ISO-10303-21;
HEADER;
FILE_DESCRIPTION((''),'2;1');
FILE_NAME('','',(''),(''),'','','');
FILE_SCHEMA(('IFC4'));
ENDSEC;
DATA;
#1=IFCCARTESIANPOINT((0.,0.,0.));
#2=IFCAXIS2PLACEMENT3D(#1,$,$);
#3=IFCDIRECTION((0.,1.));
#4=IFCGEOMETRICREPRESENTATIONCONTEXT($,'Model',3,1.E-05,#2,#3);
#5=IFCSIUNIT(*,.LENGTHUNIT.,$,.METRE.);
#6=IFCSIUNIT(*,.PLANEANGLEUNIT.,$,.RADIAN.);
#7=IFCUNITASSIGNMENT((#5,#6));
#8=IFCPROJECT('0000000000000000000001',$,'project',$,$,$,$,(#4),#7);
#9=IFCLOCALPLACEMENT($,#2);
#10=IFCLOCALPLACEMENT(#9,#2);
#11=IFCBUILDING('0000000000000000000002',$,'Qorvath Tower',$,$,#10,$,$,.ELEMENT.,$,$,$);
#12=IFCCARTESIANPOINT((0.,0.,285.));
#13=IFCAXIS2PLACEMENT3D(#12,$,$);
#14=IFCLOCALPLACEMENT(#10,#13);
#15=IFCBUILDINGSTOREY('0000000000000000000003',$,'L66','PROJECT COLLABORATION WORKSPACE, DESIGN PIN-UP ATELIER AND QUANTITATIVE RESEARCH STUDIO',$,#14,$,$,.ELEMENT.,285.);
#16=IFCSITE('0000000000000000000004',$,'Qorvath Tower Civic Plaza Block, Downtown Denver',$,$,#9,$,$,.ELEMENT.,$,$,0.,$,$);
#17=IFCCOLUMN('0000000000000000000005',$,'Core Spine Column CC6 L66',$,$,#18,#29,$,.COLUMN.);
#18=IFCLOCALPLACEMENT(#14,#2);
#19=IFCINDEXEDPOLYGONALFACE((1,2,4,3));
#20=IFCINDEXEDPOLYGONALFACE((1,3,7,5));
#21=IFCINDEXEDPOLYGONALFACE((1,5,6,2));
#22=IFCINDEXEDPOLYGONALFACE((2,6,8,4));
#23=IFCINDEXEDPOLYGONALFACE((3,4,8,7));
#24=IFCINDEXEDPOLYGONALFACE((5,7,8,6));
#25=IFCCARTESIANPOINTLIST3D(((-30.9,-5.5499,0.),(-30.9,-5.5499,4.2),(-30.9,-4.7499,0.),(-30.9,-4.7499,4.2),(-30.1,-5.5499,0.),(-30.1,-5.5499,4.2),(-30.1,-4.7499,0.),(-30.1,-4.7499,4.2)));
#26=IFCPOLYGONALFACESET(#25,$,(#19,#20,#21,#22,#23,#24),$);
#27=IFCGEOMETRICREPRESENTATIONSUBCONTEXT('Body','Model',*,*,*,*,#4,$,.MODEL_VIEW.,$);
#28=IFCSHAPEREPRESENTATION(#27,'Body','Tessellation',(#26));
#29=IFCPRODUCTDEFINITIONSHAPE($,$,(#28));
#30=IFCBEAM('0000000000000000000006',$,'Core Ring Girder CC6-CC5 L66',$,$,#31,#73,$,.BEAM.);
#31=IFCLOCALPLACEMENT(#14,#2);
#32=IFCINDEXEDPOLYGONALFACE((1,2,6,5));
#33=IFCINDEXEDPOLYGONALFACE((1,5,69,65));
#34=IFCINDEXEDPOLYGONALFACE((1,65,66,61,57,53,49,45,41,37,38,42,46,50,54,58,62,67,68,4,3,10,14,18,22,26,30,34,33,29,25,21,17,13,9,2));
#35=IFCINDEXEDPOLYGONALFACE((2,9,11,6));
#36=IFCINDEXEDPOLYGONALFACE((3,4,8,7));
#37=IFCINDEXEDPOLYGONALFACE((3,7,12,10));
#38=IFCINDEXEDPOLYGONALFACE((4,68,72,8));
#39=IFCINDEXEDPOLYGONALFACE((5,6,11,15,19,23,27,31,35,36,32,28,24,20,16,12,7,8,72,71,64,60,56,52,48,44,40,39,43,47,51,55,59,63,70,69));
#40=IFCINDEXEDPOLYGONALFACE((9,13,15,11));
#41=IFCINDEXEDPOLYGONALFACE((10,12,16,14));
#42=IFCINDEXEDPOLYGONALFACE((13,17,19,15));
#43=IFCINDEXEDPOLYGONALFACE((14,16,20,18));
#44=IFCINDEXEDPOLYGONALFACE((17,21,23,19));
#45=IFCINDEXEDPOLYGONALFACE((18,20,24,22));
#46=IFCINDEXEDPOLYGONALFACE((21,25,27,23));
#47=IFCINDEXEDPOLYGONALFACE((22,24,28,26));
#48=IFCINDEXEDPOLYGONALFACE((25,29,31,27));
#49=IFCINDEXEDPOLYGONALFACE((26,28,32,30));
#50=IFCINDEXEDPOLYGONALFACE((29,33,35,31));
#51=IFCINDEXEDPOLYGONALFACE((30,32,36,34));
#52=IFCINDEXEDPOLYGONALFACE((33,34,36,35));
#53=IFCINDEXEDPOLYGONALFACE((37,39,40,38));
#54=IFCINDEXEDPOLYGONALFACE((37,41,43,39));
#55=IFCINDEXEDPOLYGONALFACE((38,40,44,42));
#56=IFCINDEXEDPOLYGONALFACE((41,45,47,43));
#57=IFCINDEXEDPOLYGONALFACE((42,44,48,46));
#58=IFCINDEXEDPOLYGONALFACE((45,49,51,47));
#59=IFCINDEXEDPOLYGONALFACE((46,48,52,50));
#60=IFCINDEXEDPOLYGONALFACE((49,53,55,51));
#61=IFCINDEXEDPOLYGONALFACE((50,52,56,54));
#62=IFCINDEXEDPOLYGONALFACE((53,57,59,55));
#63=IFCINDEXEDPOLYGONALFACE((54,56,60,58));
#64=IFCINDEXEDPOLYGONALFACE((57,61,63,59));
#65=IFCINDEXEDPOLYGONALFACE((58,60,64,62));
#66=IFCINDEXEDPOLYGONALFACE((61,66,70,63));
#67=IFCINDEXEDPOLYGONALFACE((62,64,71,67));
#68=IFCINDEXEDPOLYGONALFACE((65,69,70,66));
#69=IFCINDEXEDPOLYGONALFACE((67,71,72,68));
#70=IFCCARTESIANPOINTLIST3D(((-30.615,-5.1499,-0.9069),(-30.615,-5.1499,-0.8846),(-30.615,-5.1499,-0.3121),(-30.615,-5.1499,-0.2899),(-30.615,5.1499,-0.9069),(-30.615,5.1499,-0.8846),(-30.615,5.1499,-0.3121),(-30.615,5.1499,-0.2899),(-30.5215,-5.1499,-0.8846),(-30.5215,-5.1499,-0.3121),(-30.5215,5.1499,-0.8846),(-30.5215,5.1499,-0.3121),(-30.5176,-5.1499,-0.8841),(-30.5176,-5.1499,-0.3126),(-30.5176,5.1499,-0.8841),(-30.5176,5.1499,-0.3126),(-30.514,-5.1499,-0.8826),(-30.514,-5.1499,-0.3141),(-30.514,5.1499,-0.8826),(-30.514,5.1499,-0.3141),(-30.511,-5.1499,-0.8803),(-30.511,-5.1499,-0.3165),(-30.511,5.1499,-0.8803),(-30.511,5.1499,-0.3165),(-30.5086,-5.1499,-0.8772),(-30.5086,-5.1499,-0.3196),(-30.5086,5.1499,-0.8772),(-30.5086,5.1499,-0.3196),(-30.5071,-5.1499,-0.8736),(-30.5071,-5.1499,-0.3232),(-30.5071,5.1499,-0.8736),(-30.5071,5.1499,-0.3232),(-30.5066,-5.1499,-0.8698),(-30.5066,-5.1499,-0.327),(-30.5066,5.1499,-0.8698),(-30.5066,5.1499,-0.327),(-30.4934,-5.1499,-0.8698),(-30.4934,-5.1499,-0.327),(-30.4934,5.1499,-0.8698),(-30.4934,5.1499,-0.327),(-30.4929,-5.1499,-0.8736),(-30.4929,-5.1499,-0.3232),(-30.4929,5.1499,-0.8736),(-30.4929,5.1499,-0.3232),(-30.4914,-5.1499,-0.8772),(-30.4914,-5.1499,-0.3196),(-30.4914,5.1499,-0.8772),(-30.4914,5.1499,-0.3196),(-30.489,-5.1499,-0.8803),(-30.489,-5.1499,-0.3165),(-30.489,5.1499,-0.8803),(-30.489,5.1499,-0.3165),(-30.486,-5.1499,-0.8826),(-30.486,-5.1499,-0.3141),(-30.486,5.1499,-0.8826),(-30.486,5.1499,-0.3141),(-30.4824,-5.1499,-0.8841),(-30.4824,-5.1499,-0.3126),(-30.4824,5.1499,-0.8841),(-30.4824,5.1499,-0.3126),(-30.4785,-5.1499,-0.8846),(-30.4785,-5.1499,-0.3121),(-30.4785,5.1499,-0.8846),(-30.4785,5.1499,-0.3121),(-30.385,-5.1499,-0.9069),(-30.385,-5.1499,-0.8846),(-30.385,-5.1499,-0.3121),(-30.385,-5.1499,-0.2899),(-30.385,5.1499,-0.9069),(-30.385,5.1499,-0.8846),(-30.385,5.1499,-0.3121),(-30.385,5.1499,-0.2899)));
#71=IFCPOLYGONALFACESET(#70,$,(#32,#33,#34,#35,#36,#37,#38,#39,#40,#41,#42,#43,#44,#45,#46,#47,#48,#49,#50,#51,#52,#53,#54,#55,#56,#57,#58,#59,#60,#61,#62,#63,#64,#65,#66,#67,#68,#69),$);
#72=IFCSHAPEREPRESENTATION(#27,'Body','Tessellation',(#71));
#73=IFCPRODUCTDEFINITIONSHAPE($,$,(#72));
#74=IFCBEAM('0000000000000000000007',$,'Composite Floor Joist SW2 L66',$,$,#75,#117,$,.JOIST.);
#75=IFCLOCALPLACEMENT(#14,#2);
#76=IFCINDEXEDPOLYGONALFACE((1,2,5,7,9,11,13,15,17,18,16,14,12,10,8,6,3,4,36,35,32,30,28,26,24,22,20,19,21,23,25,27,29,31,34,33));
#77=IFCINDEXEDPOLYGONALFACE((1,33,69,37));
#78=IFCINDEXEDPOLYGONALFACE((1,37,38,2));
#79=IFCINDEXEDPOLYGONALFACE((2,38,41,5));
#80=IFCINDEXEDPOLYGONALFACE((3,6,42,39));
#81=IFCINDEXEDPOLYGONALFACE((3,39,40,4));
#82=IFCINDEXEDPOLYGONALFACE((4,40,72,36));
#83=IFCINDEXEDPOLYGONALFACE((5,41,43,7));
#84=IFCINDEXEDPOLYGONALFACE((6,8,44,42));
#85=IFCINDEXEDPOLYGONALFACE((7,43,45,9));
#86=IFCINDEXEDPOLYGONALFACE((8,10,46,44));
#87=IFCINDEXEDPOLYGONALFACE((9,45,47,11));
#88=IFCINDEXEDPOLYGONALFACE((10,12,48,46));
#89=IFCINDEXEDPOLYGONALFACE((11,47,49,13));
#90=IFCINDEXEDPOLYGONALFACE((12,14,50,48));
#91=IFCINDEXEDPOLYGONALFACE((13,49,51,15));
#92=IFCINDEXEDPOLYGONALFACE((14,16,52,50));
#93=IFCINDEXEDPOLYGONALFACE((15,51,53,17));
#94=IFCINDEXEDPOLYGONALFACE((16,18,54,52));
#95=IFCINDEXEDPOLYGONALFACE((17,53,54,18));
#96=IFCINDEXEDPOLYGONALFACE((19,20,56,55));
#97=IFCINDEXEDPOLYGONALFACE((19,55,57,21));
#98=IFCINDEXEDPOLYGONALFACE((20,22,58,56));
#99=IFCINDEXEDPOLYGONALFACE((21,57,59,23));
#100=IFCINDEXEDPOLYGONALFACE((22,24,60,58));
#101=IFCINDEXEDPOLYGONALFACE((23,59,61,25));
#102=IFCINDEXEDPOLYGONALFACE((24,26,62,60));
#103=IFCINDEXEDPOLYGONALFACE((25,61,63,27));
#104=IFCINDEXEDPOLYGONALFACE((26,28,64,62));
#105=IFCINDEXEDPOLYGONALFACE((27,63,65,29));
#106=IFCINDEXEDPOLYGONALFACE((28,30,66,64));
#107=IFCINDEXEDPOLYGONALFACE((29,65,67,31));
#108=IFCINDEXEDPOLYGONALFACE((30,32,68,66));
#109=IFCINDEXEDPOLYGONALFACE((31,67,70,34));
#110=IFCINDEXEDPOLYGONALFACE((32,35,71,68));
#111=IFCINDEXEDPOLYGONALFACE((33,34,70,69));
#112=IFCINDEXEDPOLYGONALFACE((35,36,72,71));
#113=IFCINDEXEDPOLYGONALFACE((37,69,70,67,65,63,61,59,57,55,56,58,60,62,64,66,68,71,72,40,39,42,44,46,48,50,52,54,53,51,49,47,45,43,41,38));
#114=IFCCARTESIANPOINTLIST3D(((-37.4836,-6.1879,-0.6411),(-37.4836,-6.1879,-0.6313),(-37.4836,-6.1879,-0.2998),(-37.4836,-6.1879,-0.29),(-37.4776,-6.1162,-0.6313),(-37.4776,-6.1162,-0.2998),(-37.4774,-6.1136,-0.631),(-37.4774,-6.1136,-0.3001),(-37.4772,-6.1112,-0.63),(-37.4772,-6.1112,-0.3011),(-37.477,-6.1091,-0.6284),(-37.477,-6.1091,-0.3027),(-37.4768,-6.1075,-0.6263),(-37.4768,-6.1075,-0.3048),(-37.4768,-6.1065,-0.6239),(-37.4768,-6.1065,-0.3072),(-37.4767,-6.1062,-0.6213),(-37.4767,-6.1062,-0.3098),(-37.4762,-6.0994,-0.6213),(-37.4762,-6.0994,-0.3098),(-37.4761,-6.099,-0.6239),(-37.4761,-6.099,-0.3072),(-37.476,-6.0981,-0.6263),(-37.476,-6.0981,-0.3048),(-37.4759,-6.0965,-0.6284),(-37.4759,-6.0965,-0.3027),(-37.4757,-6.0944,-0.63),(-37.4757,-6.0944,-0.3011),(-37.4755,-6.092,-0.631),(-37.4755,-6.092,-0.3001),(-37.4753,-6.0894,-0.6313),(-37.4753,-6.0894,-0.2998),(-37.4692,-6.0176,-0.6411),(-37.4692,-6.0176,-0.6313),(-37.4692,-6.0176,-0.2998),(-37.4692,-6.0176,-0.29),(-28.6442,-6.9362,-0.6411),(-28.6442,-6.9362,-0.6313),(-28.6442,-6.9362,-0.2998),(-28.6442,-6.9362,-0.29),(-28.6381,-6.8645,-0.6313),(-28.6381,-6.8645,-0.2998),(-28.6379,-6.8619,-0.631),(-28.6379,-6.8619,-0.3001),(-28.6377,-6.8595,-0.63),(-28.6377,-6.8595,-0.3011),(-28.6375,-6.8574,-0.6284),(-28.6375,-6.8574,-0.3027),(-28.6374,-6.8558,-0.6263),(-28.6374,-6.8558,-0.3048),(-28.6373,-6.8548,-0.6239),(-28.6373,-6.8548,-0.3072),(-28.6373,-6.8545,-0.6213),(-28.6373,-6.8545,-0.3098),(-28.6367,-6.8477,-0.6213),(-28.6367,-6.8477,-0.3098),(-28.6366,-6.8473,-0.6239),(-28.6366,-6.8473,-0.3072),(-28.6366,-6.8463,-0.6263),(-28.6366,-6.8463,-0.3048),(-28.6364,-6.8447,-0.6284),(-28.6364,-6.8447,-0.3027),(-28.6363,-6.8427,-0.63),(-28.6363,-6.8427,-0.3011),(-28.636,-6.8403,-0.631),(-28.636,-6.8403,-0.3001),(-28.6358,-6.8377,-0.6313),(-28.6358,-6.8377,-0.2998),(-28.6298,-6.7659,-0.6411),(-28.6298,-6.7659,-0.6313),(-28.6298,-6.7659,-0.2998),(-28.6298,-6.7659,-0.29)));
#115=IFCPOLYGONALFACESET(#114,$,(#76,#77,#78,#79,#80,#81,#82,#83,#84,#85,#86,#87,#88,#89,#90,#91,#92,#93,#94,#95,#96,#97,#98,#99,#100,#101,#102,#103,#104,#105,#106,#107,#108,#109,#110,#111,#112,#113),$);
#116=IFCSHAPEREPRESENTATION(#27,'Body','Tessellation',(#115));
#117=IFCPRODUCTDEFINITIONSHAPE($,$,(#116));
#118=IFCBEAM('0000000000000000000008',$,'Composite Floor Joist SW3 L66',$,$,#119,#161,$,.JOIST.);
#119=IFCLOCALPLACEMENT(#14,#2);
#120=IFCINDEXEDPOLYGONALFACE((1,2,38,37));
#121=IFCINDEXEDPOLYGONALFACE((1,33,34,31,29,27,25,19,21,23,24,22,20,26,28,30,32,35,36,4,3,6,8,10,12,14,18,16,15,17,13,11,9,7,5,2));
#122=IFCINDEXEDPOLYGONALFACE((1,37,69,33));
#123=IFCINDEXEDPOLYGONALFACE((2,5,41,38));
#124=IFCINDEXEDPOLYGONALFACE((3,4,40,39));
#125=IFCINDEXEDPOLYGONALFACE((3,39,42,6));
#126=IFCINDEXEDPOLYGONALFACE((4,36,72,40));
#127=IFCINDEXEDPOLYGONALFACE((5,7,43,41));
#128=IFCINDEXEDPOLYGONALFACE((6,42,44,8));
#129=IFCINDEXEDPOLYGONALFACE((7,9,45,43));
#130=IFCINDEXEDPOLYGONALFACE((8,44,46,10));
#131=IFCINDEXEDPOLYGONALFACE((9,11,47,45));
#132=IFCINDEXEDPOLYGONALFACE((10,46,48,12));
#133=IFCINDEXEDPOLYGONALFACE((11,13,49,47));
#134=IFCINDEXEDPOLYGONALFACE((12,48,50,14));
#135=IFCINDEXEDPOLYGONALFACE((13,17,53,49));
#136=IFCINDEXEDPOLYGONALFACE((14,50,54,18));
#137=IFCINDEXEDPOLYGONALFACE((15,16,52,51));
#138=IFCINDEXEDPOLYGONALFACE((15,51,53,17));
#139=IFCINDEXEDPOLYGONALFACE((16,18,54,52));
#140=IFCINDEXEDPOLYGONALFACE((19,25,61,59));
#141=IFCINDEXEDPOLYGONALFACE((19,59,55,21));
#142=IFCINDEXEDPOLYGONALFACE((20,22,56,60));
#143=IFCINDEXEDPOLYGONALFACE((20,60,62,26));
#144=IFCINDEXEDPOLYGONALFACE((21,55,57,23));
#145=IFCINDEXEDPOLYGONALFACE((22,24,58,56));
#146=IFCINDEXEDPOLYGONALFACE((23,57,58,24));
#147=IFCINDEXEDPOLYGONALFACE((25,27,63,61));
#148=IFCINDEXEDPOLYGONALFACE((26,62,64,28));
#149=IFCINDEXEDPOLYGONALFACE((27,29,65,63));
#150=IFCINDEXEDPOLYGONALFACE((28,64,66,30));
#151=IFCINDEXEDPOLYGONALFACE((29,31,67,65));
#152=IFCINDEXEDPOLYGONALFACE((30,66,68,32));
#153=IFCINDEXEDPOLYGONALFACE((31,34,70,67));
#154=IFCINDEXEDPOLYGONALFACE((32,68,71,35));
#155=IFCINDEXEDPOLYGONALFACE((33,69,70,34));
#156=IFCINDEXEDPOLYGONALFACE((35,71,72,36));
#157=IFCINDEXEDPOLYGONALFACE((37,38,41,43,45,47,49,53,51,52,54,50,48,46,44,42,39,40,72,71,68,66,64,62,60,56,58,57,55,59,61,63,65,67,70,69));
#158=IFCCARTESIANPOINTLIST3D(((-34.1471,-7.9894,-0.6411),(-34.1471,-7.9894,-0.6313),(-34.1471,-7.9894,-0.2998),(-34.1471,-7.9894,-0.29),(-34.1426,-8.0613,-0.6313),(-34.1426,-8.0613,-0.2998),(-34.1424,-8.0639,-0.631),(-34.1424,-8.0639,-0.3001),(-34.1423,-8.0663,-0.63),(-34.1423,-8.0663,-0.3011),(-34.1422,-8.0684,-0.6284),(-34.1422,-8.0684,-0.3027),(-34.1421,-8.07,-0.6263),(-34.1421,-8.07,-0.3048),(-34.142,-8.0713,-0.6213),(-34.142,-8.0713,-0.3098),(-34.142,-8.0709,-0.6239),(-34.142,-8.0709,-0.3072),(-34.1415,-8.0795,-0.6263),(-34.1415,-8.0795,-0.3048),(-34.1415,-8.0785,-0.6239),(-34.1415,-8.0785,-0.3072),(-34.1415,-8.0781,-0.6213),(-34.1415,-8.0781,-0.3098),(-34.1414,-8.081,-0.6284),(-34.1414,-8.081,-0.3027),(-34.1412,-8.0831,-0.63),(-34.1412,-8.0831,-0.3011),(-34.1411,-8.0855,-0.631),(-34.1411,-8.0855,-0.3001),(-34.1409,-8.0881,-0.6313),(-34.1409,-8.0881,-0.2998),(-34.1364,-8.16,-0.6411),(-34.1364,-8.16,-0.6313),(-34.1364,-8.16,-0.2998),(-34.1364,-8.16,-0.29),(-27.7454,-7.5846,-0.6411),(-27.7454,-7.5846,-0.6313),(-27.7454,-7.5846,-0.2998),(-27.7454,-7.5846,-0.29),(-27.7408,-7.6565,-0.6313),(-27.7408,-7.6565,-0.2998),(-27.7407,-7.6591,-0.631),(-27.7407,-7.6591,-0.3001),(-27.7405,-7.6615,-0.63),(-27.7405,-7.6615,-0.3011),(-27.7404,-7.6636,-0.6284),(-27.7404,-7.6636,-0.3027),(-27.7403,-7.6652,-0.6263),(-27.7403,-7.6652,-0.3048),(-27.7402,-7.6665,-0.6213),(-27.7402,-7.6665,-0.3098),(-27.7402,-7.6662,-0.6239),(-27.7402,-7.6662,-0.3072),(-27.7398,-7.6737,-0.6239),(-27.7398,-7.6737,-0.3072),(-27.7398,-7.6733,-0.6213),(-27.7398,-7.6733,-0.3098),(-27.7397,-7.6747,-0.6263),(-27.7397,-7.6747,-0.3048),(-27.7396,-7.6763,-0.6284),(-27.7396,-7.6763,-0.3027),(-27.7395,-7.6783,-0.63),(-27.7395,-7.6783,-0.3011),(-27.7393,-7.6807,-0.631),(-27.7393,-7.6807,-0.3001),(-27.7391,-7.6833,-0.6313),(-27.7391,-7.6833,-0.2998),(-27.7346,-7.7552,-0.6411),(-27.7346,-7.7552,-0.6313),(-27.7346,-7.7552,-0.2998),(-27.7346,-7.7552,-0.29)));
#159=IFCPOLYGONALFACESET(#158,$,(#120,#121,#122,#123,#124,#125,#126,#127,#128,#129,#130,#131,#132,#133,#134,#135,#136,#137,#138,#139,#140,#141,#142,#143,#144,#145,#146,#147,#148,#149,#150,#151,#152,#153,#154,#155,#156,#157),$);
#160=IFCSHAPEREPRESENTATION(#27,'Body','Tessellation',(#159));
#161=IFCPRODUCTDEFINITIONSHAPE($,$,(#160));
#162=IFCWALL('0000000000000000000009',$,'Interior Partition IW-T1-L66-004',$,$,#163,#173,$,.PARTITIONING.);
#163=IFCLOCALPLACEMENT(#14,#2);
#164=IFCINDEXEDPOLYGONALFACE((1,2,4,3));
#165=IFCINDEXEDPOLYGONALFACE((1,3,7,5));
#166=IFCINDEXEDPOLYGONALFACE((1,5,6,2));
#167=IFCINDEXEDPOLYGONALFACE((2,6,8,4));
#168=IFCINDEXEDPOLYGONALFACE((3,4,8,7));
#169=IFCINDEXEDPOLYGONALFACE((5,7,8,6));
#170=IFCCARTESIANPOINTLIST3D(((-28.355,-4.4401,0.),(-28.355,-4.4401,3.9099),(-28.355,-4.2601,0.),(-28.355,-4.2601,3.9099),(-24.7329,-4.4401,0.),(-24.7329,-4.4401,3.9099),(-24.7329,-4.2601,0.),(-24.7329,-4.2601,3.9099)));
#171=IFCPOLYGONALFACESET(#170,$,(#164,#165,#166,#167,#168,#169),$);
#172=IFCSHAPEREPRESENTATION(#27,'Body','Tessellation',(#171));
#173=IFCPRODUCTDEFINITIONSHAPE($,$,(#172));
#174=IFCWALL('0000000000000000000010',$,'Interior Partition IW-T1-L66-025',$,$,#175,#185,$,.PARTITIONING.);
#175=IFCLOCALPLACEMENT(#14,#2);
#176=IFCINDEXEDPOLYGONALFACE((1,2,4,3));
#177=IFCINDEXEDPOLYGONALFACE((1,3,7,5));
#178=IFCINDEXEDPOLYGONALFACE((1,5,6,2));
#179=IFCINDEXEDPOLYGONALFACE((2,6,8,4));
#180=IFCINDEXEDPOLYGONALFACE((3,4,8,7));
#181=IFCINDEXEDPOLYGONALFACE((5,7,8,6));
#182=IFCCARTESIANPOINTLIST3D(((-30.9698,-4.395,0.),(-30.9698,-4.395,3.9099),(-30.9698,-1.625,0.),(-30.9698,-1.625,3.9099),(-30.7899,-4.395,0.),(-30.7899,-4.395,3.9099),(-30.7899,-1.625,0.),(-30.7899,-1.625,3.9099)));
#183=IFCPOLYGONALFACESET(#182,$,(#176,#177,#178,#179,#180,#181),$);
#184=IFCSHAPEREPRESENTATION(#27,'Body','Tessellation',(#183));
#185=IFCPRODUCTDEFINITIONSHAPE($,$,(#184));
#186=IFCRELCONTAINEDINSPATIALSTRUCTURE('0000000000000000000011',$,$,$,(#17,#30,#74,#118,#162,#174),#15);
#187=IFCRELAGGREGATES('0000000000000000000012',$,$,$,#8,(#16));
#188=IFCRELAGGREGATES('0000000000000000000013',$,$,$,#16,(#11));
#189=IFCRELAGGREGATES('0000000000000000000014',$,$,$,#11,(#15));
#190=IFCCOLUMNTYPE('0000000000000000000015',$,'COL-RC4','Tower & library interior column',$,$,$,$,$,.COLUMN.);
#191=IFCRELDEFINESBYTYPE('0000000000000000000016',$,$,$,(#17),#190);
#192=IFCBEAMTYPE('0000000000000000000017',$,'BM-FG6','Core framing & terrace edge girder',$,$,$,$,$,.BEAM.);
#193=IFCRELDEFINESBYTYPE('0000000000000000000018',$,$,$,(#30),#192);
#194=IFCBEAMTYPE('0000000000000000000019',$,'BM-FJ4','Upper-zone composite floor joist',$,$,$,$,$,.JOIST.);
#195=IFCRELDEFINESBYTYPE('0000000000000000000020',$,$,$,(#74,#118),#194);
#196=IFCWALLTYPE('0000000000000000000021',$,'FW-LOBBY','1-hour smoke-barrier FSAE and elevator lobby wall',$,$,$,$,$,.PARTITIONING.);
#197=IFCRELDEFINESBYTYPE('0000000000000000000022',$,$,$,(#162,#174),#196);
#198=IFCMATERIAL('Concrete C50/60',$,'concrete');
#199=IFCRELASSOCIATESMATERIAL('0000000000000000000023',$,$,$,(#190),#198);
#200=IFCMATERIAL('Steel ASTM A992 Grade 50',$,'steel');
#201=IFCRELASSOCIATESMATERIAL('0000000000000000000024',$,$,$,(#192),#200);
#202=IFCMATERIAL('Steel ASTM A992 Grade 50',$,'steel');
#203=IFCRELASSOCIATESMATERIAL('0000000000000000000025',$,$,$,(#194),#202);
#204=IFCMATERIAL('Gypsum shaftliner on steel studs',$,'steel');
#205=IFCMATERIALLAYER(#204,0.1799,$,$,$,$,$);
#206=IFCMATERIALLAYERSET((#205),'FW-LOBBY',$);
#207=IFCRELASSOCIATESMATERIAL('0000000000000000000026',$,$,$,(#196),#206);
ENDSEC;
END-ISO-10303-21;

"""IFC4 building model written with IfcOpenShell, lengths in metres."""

from ifc_helpers import new_model, si_unit, direction, frame, frame_2d, origin, origin_2d, place, context, subcontext, project, spatial, rectangle, i_section, extrude, material, layer, layer_set, material_profile, profile_set, type_object, element, save


model = new_model("IFC4")

# Units and contexts
model_context = context("Model", 3, precision=1e-05, world=origin(), true_north=direction((0.0, 1.0)))
body_context = subcontext(model_context, "Body", "Model", "MODEL_VIEW")
ifc_project = project(units=[si_unit("LENGTHUNIT", "METRE"), si_unit("PLANEANGLEUNIT", "RADIAN")], contexts=[model_context])

# Site, building, storey
site_placement = place(None, origin())
site = spatial("IfcSite", under=ifc_project, at=site_placement, Name="Qorvath Tower Civic Plaza Block, Downtown Denver", CompositionType="ELEMENT", RefElevation=0.0)
building_placement = place(site_placement, origin())
building = spatial("IfcBuilding", under=site, at=building_placement, Name="Qorvath Tower", CompositionType="ELEMENT")
storey_placement = place(building_placement, frame((0.0, 0.0, 285.0)))
storey = spatial("IfcBuildingStorey", under=building, at=storey_placement, Name="L66", Description="PROJECT COLLABORATION WORKSPACE, DESIGN PIN-UP ATELIER AND QUANTITATIVE RESEARCH STUDIO", CompositionType="ELEMENT", Elevation=285.0)

# Column
ifc_material_1 = material(Name="Concrete C50/60", Category="concrete")
ifc_material_profile_1 = material_profile(ifc_material_1, rectangle(XDim=0.8, YDim=0.8, at=origin_2d()), Name="RC 800x800")
ifc_profile_set_1 = profile_set([ifc_material_profile_1], Name="Concrete C50/60")
column_type = type_object("IfcColumnType", Name="COL-RC4", Description="Tower & library interior column", PredefinedType="COLUMN", material=ifc_profile_set_1)
column_placement = place(storey_placement, frame((-30.5, -5.1499, 0.0), z_axis=(0.0, 0.0, 1.0), x_axis=(1.0, 0.0, 0.0)))
element("IfcColumn", 1, at=column_placement, inside=storey, type_object=column_type, Name="Core Spine Column CC6 L66", PredefinedType="COLUMN", context=body_context, shape_type="SweptSolid", body=[
    extrude(rectangle(XDim=0.8, YDim=0.8, at=origin_2d()), origin(), (0.0, 0.0, 1.0), 4.2),
])

# Beams
ifc_material_2 = material(Name="Steel ASTM A992 Grade 50", Category="steel")
ifc_material_profile_2 = material_profile(ifc_material_2, i_section(OverallWidth=0.23, OverallDepth=0.6169, WebThickness=0.0132, FlangeThickness=0.0222, FilletRadius=0.0149, at=origin_2d()), Name="W24x94")
ifc_profile_set_2 = profile_set([ifc_material_profile_2], Name="Steel ASTM A992 Grade 50")
beam_type_1 = type_object("IfcBeamType", Name="BM-FG6", Description="Core framing & terrace edge girder", PredefinedType="BEAM", material=ifc_profile_set_2)
beam_1_placement = place(storey_placement, frame((-30.5, -5.1499, -0.5984), z_axis=(0.0, 1.0, 0.0), x_axis=(-1.0, 0.0, 0.0)))
element("IfcBeam", 2, at=beam_1_placement, inside=storey, type_object=beam_type_1, Name="Core Ring Girder CC6-CC5 L66", PredefinedType="BEAM", context=body_context, shape_type="SweptSolid", body=[
    extrude(i_section(OverallWidth=0.23, OverallDepth=0.6169, WebThickness=0.0132, FlangeThickness=0.0222, FilletRadius=0.0149, at=origin_2d()), origin(), (0.0, 0.0, 1.0), 10.2998),
])
ifc_material_3 = material(Name="Steel ASTM A992 Grade 50", Category="steel")
ifc_material_profile_3 = material_profile(ifc_material_3, i_section(OverallWidth=0.1709, OverallDepth=0.3511, WebThickness=0.0068, FlangeThickness=0.0098, FilletRadius=0.01, at=origin_2d()), Name="W14x30")
ifc_profile_set_3 = profile_set([ifc_material_profile_3], Name="Steel ASTM A992 Grade 50")
beam_type_2 = type_object("IfcBeamType", Name="BM-FJ4", Description="Upper-zone composite floor joist", PredefinedType="JOIST", material=ifc_profile_set_3)
beam_2_placement = place(storey_placement, frame((-28.637, -6.8511, -0.4656), z_axis=(-0.996436, 0.08435, 0.0), x_axis=(-0.08435, -0.996436, 0.0)))
element("IfcBeam", 3, at=beam_2_placement, inside=storey, type_object=beam_type_2, Name="Composite Floor Joist SW2 L66", PredefinedType="JOIST", context=body_context, shape_type="SweptSolid", body=[
    extrude(i_section(OverallWidth=0.1709, OverallDepth=0.3511, WebThickness=0.0068, FlangeThickness=0.0098, FilletRadius=0.01, at=origin_2d()), origin(), (0.0, 0.0, 1.0), 8.8711),
])
beam_3_placement = place(storey_placement, frame((-27.74, -7.6699, -0.4656), z_axis=(-0.998007, -0.063103, 0.0), x_axis=(0.063103, -0.998007, 0.0)))
element("IfcBeam", 4, at=beam_3_placement, inside=storey, type_object=beam_type_2, Name="Composite Floor Joist SW3 L66", PredefinedType="JOIST", context=body_context, shape_type="SweptSolid", body=[
    extrude(i_section(OverallWidth=0.1709, OverallDepth=0.3511, WebThickness=0.0068, FlangeThickness=0.0098, FilletRadius=0.01, at=origin_2d()), origin(), (0.0, 0.0, 1.0), 6.4146),
])

# Walls
ifc_material_4 = material(Name="Gypsum shaftliner on steel studs", Category="steel")
ifc_layer_1 = layer(ifc_material_4, 0.1799)
ifc_layer_set_1 = layer_set([ifc_layer_1], Name="FW-LOBBY")
wall_type_1 = type_object("IfcWallType", Name="FW-LOBBY", Description="1-hour smoke-barrier FSAE and elevator lobby wall", PredefinedType="PARTITIONING", material=ifc_layer_set_1)
wall_1_placement = place(storey_placement, frame((-24.7329, -4.3501, 0.0), z_axis=(0.0, 0.0, 1.0), x_axis=(-1.0, 0.0, 0.0)))
element("IfcWall", 5, at=wall_1_placement, inside=storey, type_object=wall_type_1, Name="Interior Partition IW-T1-L66-004", PredefinedType="PARTITIONING", context=body_context, shape_type="SweptSolid", body=[
    extrude(rectangle(XDim=3.6221, YDim=0.1799, at=frame_2d((1.811, 0.0))), origin(), (0.0, 0.0, 1.0), 3.9099),
])
wall_2_placement = place(storey_placement, frame((-30.8799, -4.395, 0.0), z_axis=(0.0, 0.0, 1.0), x_axis=(0.0, 1.0, 0.0)))
element("IfcWall", 6, at=wall_2_placement, inside=storey, type_object=wall_type_1, Name="Interior Partition IW-T1-L66-025", PredefinedType="PARTITIONING", context=body_context, shape_type="SweptSolid", body=[
    extrude(rectangle(XDim=2.77, YDim=0.1799, at=frame_2d((1.385, 0.0))), origin(), (0.0, 0.0, 1.0), 3.9099),
])

save(model, "model.ifc")
